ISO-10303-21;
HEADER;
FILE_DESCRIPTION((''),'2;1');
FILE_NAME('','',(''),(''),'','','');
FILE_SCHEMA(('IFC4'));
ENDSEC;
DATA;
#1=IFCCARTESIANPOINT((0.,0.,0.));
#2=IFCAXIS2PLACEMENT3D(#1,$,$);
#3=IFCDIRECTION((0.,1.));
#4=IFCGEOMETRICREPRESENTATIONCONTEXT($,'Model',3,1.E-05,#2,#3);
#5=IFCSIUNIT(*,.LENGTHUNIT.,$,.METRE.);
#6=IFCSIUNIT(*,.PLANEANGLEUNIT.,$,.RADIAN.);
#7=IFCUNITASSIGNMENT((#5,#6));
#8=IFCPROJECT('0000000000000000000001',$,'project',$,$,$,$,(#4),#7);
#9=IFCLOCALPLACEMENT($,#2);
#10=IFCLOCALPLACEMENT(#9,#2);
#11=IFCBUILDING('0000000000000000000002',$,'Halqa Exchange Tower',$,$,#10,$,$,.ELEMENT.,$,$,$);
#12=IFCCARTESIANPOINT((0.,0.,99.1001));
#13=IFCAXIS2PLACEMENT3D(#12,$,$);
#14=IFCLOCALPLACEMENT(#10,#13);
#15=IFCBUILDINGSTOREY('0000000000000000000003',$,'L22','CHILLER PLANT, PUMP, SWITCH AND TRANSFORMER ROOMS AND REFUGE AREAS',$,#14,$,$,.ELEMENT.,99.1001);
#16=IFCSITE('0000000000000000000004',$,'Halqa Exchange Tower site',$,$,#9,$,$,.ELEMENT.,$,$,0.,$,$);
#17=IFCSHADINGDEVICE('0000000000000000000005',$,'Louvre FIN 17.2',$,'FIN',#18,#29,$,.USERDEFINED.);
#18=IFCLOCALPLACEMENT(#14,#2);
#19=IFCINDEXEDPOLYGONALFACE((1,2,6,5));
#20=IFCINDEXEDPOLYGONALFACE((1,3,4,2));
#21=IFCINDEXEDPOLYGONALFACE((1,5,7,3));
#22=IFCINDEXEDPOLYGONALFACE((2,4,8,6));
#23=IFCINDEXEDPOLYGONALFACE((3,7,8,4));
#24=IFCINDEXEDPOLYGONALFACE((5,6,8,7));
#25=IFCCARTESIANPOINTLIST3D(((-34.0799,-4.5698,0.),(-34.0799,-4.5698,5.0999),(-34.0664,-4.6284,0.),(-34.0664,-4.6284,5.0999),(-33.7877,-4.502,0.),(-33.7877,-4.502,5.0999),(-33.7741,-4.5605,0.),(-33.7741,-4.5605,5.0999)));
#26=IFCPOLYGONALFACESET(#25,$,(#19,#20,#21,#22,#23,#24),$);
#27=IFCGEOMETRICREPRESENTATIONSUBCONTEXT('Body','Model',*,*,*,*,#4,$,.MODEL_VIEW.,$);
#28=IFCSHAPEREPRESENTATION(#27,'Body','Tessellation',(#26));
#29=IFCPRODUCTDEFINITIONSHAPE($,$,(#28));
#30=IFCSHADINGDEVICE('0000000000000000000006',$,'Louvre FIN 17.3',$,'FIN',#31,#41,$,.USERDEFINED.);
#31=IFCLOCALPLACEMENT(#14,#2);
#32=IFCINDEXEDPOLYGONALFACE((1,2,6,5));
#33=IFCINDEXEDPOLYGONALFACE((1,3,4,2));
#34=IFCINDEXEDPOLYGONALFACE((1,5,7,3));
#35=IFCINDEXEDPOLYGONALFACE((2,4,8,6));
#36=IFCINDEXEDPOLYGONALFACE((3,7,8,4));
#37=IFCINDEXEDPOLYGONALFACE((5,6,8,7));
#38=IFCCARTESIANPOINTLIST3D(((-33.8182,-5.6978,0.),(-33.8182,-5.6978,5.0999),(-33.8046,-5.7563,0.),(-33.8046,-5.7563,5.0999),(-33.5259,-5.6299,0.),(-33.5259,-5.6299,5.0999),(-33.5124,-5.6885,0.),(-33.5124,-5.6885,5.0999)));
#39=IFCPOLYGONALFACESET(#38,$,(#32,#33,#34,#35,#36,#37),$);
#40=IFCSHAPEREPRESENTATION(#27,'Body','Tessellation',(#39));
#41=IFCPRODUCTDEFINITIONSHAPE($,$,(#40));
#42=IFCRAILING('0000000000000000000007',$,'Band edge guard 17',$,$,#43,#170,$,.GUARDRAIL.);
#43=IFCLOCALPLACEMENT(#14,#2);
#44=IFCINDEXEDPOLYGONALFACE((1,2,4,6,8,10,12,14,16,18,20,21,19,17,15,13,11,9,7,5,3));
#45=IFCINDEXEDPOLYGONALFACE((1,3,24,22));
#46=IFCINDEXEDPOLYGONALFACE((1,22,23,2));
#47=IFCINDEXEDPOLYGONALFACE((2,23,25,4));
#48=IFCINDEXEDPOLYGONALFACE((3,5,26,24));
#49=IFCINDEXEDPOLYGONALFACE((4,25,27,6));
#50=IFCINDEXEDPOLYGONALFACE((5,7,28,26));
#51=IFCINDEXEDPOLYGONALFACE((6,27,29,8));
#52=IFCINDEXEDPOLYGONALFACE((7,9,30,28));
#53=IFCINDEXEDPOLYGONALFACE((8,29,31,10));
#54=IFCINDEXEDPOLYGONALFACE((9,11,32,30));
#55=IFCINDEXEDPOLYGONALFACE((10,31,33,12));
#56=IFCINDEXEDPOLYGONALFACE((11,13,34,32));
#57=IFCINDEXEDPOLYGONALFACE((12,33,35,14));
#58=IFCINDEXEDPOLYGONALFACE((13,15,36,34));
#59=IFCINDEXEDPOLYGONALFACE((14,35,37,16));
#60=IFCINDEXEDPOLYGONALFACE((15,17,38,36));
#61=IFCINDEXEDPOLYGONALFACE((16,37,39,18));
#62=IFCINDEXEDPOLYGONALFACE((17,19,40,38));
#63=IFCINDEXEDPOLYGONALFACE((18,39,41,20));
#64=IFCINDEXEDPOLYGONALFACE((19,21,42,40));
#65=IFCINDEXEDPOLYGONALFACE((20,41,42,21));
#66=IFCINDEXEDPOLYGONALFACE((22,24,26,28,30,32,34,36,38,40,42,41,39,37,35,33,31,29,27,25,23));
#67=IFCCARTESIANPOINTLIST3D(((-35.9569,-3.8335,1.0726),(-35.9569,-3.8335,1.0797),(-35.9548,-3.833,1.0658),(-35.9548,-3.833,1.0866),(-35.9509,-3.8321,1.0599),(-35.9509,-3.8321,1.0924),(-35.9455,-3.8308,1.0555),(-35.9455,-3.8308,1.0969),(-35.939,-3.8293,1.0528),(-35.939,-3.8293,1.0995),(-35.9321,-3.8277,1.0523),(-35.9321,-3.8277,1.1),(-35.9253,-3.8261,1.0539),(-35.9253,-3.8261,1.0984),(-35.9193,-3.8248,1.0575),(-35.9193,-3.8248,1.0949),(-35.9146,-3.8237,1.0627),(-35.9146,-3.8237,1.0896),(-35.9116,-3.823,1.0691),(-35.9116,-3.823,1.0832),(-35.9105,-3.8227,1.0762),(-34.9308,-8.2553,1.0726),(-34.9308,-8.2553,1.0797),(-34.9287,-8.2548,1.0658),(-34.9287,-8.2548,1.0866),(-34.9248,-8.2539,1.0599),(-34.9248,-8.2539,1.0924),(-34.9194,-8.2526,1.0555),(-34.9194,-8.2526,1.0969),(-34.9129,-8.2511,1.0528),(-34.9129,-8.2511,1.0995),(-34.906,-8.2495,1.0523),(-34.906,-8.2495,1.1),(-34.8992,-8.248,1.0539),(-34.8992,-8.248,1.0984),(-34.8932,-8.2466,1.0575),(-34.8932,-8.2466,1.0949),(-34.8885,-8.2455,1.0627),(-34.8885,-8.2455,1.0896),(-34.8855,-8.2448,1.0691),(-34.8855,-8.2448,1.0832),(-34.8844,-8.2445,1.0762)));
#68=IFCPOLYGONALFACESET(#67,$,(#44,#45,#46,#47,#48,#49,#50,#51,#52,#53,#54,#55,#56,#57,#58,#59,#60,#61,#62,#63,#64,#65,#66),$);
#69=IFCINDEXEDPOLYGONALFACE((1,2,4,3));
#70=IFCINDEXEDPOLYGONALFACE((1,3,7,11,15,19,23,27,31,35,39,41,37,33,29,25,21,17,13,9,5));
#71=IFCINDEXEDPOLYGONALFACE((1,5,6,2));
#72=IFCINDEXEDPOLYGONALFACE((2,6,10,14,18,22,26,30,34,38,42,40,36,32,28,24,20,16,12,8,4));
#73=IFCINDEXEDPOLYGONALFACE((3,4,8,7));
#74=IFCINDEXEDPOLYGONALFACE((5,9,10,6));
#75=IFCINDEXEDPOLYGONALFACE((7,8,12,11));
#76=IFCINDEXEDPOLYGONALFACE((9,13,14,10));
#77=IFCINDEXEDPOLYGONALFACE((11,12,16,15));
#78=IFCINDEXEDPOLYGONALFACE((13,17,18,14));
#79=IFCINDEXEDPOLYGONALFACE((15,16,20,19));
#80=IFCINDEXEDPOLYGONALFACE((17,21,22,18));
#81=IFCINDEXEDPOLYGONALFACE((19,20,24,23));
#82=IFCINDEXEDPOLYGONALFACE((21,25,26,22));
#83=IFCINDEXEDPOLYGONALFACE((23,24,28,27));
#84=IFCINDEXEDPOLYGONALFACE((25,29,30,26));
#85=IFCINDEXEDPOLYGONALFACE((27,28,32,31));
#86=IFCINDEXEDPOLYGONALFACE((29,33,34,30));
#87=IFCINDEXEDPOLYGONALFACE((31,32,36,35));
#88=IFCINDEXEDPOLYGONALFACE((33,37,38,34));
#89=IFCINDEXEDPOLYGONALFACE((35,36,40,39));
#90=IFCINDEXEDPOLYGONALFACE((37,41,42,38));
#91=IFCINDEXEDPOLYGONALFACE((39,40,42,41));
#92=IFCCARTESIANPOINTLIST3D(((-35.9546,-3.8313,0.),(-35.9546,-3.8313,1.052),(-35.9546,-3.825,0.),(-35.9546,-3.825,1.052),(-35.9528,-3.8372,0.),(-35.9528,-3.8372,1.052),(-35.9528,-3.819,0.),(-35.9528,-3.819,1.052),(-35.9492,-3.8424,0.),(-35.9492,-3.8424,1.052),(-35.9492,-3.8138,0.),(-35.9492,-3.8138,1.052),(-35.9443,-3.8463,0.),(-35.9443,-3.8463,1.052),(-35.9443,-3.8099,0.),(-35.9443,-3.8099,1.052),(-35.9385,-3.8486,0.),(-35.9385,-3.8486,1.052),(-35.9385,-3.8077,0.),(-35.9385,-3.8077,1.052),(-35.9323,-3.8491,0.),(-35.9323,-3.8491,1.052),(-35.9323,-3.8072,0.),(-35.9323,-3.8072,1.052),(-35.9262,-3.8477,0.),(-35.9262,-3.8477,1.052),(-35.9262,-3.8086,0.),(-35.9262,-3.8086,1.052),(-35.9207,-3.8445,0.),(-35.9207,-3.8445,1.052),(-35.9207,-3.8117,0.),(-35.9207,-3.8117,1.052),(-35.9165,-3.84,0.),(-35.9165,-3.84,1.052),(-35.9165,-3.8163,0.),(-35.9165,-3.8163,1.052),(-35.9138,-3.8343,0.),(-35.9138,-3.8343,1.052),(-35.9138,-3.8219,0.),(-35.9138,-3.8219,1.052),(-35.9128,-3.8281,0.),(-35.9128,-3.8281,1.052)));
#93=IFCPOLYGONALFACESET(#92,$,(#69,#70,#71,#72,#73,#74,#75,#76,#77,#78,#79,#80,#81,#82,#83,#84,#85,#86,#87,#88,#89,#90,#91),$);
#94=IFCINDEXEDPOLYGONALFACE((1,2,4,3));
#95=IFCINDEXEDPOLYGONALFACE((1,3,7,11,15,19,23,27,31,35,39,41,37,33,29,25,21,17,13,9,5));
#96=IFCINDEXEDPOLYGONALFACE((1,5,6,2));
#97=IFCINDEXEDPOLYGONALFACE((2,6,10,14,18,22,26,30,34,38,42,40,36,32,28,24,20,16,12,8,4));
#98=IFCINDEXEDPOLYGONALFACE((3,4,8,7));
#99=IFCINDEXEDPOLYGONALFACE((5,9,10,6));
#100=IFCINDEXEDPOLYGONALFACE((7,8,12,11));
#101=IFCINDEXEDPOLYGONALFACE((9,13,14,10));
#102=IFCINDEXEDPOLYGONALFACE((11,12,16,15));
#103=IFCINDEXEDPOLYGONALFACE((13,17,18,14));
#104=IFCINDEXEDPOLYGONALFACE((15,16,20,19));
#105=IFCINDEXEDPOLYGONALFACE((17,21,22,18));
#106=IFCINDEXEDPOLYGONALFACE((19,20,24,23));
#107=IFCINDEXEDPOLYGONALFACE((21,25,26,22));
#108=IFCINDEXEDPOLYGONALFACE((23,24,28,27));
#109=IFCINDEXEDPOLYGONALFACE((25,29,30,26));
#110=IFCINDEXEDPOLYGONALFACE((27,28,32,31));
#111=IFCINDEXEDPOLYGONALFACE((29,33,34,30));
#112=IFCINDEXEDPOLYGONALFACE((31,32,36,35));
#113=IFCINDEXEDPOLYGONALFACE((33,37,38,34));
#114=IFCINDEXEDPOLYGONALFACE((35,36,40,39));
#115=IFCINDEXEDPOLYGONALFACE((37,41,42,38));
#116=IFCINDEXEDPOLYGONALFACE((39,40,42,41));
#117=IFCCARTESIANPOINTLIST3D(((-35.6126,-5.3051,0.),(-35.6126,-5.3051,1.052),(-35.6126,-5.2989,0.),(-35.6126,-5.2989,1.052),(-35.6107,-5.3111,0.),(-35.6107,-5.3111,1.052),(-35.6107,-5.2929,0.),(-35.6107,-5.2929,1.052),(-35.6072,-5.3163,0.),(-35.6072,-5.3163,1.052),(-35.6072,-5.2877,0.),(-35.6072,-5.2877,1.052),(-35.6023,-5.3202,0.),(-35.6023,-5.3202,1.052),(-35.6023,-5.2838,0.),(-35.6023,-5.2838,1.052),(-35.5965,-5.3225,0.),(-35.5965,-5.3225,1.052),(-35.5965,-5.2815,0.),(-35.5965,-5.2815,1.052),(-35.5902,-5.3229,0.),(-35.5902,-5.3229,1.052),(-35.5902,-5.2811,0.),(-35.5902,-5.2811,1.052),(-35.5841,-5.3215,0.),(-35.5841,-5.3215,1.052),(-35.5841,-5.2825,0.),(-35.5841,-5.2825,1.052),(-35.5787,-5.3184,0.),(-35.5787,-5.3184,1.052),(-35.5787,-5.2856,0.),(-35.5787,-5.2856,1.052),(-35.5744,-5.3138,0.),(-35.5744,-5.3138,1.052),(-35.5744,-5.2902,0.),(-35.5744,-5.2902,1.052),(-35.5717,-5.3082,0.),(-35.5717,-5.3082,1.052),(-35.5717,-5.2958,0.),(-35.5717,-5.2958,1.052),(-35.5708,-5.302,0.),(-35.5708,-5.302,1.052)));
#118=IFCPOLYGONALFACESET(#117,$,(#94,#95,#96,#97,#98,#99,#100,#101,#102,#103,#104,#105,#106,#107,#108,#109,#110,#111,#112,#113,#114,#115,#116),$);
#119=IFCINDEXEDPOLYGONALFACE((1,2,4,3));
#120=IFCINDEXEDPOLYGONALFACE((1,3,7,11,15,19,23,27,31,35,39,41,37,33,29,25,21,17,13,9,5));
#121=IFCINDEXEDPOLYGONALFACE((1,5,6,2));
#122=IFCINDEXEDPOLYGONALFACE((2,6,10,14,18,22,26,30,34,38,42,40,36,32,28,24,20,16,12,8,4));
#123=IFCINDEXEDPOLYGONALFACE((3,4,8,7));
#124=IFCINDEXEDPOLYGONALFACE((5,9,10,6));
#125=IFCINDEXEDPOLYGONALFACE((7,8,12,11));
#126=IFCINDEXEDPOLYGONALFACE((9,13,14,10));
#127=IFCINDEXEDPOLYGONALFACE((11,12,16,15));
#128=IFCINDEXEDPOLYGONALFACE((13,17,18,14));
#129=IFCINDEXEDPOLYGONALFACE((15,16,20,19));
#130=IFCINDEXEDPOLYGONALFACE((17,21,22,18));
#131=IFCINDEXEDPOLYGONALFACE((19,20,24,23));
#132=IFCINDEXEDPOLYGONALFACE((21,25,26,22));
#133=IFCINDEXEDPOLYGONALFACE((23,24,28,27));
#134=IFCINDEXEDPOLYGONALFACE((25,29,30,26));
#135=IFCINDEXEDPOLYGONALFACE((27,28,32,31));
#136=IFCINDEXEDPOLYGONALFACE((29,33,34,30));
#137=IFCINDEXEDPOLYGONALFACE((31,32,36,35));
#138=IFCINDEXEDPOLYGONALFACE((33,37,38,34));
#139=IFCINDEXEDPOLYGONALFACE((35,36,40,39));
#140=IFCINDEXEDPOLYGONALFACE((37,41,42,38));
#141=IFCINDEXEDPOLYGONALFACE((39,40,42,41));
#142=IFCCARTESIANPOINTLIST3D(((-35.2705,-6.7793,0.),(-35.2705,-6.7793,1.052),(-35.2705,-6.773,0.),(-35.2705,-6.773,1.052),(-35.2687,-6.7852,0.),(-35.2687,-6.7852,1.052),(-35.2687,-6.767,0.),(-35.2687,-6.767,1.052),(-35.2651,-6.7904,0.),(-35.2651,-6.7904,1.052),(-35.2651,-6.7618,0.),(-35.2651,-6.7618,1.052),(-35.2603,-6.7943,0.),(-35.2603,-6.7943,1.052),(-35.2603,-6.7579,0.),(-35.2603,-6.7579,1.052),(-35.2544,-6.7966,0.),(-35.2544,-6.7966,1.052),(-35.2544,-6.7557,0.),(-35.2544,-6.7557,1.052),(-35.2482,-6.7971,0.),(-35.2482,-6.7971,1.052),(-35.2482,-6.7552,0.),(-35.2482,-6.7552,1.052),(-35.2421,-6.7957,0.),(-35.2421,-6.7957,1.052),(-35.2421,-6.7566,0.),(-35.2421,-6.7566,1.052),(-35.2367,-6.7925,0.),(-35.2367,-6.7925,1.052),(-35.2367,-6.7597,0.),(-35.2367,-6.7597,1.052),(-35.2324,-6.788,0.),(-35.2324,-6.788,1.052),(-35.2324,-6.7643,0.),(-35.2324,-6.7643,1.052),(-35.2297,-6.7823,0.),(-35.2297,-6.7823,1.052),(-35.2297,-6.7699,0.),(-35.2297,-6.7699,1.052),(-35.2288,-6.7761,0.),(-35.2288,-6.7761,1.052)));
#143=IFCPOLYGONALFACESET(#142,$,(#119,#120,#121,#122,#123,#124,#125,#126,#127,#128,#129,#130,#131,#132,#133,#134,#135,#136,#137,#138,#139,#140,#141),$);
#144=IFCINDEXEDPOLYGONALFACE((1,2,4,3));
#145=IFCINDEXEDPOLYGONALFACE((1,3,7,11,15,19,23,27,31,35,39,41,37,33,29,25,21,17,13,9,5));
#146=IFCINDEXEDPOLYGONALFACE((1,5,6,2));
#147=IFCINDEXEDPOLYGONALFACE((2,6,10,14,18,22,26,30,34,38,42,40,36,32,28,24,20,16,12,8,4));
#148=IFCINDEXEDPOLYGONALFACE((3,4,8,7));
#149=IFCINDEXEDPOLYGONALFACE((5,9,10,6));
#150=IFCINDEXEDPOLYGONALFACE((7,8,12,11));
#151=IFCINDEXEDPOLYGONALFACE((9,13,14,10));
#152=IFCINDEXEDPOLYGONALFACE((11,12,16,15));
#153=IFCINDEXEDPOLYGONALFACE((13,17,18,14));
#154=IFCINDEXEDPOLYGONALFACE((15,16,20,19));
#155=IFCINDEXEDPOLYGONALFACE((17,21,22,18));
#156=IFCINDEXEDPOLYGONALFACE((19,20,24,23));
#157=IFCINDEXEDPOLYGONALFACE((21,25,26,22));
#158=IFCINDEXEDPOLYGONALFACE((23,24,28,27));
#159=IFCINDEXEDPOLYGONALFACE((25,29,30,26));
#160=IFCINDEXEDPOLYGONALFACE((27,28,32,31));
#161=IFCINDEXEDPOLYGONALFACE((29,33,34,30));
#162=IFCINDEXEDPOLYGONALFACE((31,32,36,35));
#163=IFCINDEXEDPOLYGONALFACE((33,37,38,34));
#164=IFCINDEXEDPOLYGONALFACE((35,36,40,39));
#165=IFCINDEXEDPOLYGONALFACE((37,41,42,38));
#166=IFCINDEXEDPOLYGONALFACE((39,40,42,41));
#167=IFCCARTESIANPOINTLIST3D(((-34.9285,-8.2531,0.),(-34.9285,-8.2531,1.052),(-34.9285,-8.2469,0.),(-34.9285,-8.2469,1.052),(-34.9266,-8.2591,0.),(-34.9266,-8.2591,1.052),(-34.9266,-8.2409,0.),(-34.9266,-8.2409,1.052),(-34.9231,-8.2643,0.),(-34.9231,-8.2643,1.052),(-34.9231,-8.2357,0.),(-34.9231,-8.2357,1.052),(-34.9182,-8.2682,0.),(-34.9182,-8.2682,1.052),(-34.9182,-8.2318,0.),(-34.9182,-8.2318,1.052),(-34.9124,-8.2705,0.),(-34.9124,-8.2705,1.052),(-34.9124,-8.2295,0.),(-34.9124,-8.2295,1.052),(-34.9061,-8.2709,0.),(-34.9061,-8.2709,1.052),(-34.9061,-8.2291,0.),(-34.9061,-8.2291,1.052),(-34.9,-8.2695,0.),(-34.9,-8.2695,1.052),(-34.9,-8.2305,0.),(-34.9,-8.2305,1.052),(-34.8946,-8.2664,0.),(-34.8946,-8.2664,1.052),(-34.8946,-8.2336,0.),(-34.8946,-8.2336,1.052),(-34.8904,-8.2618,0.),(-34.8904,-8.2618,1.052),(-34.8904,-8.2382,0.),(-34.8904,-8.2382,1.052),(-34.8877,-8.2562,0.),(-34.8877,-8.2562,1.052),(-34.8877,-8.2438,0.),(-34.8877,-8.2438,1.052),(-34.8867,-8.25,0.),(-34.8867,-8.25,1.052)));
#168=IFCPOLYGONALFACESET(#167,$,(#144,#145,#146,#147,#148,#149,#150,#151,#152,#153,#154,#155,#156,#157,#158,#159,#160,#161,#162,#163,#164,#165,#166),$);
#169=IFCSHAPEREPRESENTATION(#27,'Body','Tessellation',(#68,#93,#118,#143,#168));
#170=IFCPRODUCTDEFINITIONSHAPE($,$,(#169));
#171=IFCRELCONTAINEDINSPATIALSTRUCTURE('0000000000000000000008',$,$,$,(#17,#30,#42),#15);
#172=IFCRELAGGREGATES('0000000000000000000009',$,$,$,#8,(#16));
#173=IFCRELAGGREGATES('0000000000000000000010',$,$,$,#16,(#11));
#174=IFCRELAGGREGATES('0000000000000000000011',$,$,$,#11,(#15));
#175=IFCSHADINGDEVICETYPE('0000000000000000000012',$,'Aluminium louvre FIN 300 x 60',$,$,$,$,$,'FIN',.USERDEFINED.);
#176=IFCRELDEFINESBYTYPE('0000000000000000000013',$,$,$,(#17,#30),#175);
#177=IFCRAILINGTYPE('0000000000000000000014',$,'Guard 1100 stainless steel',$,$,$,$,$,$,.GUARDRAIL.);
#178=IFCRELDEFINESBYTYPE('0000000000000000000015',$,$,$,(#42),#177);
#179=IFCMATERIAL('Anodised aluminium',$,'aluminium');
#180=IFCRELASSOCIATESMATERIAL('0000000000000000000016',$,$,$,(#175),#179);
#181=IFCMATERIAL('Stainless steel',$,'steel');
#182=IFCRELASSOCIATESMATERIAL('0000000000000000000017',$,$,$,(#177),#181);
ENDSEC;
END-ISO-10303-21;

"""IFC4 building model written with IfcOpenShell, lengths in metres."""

from ifc_helpers import new_model, si_unit, direction, frame, origin, origin_2d, place, context, subcontext, project, spatial, rectangle, circle, extrude, material, material_profile, profile_set, type_object, element, save


model = new_model("IFC4")

# Units and contexts
model_context = context("Model", 3, precision=1e-05, world=origin(), true_north=direction((0.0, 1.0)))
body_context = subcontext(model_context, "Body", "Model", "MODEL_VIEW")
ifc_project = project(units=[si_unit("LENGTHUNIT", "METRE"), si_unit("PLANEANGLEUNIT", "RADIAN")], contexts=[model_context])

# Site, building, storey
site_placement = place(None, origin())
site = spatial("IfcSite", under=ifc_project, at=site_placement, Name="Halqa Exchange Tower site", CompositionType="ELEMENT", RefElevation=0.0)
building_placement = place(site_placement, origin())
building = spatial("IfcBuilding", under=site, at=building_placement, Name="Halqa Exchange Tower", CompositionType="ELEMENT")
storey_placement = place(building_placement, frame((0.0, 0.0, 99.1001)))
storey = spatial("IfcBuildingStorey", under=building, at=storey_placement, Name="L22", Description="CHILLER PLANT, PUMP, SWITCH AND TRANSFORMER ROOMS AND REFUGE AREAS", CompositionType="ELEMENT", Elevation=99.1001)

# Shading devices
ifc_material_1 = material(Name="Anodised aluminium", Category="aluminium")
ifc_material_profile_1 = material_profile(ifc_material_1, rectangle(XDim=0.3, YDim=0.0601, at=origin_2d()), Name="AL FIN 300x60")
ifc_profile_set_1 = profile_set([ifc_material_profile_1], Name="Anodised aluminium")
shading_device_type = type_object("IfcShadingDeviceType", Name="Aluminium louvre FIN 300 x 60", ElementType="FIN", PredefinedType="USERDEFINED", material=ifc_profile_set_1)
for number, where, z_axis, x_axis, name in (
    (1, (-33.927, -4.5652, 0.0), (0.0, 0.0, 1.0), (0.974112, 0.226066, 0.0), "Louvre FIN 17.2"),
    (2, (-33.6653, -5.6931, 0.0), (0.0, 0.0, 1.0), (0.974112, 0.226066, 0.0), "Louvre FIN 17.3"),
):
    element("IfcShadingDevice", number, at=place(storey_placement, frame(where, z_axis=z_axis, x_axis=x_axis)), inside=storey, type_object=shading_device_type, Name=name, ObjectType="FIN", PredefinedType="USERDEFINED", context=body_context, shape_type="SweptSolid", body=[
        extrude(rectangle(XDim=0.3, YDim=0.0601, at=origin_2d()), origin(), (0.0, 0.0, 1.0), 5.0999),
    ])

# Railing
ifc_material_2 = material(Name="Stainless steel", Category="steel")
railing_type = type_object("IfcRailingType", Name="Guard 1100 stainless steel", PredefinedType="GUARDRAIL", material=ifc_material_2)
railing_1_placement = place(storey_placement, frame((-35.9338, -3.8281, 0.0)))
element("IfcRailing", 3, at=railing_1_placement, inside=storey, type_object=railing_type, Name="Band edge guard 17", PredefinedType="GUARDRAIL", context=body_context, shape_type="SweptSolid", body=[
    extrude(circle(Radius=0.0239, at=origin_2d()), frame((0.0, 0.0, 1.0762), z_axis=(0.22605, -0.974116, 0.0), x_axis=(0.974116, 0.22605, 0.0)), (0.0, 0.0, 1.0), 4.5393),
    extrude(circle(Radius=0.021, at=origin_2d()), origin(), (0.0, 0.0, 1.0), 1.052),
    extrude(circle(Radius=0.021, at=origin_2d()), frame((0.342, -1.4739, 0.0)), (0.0, 0.0, 1.0), 1.052),
    extrude(circle(Radius=0.021, at=origin_2d()), frame((0.6841, -2.948, 0.0)), (0.0, 0.0, 1.0), 1.052),
    extrude(circle(Radius=0.021, at=origin_2d()), frame((1.0261, -4.4219, 0.0)), (0.0, 0.0, 1.0), 1.052),
])

save(model, "model.ifc")
